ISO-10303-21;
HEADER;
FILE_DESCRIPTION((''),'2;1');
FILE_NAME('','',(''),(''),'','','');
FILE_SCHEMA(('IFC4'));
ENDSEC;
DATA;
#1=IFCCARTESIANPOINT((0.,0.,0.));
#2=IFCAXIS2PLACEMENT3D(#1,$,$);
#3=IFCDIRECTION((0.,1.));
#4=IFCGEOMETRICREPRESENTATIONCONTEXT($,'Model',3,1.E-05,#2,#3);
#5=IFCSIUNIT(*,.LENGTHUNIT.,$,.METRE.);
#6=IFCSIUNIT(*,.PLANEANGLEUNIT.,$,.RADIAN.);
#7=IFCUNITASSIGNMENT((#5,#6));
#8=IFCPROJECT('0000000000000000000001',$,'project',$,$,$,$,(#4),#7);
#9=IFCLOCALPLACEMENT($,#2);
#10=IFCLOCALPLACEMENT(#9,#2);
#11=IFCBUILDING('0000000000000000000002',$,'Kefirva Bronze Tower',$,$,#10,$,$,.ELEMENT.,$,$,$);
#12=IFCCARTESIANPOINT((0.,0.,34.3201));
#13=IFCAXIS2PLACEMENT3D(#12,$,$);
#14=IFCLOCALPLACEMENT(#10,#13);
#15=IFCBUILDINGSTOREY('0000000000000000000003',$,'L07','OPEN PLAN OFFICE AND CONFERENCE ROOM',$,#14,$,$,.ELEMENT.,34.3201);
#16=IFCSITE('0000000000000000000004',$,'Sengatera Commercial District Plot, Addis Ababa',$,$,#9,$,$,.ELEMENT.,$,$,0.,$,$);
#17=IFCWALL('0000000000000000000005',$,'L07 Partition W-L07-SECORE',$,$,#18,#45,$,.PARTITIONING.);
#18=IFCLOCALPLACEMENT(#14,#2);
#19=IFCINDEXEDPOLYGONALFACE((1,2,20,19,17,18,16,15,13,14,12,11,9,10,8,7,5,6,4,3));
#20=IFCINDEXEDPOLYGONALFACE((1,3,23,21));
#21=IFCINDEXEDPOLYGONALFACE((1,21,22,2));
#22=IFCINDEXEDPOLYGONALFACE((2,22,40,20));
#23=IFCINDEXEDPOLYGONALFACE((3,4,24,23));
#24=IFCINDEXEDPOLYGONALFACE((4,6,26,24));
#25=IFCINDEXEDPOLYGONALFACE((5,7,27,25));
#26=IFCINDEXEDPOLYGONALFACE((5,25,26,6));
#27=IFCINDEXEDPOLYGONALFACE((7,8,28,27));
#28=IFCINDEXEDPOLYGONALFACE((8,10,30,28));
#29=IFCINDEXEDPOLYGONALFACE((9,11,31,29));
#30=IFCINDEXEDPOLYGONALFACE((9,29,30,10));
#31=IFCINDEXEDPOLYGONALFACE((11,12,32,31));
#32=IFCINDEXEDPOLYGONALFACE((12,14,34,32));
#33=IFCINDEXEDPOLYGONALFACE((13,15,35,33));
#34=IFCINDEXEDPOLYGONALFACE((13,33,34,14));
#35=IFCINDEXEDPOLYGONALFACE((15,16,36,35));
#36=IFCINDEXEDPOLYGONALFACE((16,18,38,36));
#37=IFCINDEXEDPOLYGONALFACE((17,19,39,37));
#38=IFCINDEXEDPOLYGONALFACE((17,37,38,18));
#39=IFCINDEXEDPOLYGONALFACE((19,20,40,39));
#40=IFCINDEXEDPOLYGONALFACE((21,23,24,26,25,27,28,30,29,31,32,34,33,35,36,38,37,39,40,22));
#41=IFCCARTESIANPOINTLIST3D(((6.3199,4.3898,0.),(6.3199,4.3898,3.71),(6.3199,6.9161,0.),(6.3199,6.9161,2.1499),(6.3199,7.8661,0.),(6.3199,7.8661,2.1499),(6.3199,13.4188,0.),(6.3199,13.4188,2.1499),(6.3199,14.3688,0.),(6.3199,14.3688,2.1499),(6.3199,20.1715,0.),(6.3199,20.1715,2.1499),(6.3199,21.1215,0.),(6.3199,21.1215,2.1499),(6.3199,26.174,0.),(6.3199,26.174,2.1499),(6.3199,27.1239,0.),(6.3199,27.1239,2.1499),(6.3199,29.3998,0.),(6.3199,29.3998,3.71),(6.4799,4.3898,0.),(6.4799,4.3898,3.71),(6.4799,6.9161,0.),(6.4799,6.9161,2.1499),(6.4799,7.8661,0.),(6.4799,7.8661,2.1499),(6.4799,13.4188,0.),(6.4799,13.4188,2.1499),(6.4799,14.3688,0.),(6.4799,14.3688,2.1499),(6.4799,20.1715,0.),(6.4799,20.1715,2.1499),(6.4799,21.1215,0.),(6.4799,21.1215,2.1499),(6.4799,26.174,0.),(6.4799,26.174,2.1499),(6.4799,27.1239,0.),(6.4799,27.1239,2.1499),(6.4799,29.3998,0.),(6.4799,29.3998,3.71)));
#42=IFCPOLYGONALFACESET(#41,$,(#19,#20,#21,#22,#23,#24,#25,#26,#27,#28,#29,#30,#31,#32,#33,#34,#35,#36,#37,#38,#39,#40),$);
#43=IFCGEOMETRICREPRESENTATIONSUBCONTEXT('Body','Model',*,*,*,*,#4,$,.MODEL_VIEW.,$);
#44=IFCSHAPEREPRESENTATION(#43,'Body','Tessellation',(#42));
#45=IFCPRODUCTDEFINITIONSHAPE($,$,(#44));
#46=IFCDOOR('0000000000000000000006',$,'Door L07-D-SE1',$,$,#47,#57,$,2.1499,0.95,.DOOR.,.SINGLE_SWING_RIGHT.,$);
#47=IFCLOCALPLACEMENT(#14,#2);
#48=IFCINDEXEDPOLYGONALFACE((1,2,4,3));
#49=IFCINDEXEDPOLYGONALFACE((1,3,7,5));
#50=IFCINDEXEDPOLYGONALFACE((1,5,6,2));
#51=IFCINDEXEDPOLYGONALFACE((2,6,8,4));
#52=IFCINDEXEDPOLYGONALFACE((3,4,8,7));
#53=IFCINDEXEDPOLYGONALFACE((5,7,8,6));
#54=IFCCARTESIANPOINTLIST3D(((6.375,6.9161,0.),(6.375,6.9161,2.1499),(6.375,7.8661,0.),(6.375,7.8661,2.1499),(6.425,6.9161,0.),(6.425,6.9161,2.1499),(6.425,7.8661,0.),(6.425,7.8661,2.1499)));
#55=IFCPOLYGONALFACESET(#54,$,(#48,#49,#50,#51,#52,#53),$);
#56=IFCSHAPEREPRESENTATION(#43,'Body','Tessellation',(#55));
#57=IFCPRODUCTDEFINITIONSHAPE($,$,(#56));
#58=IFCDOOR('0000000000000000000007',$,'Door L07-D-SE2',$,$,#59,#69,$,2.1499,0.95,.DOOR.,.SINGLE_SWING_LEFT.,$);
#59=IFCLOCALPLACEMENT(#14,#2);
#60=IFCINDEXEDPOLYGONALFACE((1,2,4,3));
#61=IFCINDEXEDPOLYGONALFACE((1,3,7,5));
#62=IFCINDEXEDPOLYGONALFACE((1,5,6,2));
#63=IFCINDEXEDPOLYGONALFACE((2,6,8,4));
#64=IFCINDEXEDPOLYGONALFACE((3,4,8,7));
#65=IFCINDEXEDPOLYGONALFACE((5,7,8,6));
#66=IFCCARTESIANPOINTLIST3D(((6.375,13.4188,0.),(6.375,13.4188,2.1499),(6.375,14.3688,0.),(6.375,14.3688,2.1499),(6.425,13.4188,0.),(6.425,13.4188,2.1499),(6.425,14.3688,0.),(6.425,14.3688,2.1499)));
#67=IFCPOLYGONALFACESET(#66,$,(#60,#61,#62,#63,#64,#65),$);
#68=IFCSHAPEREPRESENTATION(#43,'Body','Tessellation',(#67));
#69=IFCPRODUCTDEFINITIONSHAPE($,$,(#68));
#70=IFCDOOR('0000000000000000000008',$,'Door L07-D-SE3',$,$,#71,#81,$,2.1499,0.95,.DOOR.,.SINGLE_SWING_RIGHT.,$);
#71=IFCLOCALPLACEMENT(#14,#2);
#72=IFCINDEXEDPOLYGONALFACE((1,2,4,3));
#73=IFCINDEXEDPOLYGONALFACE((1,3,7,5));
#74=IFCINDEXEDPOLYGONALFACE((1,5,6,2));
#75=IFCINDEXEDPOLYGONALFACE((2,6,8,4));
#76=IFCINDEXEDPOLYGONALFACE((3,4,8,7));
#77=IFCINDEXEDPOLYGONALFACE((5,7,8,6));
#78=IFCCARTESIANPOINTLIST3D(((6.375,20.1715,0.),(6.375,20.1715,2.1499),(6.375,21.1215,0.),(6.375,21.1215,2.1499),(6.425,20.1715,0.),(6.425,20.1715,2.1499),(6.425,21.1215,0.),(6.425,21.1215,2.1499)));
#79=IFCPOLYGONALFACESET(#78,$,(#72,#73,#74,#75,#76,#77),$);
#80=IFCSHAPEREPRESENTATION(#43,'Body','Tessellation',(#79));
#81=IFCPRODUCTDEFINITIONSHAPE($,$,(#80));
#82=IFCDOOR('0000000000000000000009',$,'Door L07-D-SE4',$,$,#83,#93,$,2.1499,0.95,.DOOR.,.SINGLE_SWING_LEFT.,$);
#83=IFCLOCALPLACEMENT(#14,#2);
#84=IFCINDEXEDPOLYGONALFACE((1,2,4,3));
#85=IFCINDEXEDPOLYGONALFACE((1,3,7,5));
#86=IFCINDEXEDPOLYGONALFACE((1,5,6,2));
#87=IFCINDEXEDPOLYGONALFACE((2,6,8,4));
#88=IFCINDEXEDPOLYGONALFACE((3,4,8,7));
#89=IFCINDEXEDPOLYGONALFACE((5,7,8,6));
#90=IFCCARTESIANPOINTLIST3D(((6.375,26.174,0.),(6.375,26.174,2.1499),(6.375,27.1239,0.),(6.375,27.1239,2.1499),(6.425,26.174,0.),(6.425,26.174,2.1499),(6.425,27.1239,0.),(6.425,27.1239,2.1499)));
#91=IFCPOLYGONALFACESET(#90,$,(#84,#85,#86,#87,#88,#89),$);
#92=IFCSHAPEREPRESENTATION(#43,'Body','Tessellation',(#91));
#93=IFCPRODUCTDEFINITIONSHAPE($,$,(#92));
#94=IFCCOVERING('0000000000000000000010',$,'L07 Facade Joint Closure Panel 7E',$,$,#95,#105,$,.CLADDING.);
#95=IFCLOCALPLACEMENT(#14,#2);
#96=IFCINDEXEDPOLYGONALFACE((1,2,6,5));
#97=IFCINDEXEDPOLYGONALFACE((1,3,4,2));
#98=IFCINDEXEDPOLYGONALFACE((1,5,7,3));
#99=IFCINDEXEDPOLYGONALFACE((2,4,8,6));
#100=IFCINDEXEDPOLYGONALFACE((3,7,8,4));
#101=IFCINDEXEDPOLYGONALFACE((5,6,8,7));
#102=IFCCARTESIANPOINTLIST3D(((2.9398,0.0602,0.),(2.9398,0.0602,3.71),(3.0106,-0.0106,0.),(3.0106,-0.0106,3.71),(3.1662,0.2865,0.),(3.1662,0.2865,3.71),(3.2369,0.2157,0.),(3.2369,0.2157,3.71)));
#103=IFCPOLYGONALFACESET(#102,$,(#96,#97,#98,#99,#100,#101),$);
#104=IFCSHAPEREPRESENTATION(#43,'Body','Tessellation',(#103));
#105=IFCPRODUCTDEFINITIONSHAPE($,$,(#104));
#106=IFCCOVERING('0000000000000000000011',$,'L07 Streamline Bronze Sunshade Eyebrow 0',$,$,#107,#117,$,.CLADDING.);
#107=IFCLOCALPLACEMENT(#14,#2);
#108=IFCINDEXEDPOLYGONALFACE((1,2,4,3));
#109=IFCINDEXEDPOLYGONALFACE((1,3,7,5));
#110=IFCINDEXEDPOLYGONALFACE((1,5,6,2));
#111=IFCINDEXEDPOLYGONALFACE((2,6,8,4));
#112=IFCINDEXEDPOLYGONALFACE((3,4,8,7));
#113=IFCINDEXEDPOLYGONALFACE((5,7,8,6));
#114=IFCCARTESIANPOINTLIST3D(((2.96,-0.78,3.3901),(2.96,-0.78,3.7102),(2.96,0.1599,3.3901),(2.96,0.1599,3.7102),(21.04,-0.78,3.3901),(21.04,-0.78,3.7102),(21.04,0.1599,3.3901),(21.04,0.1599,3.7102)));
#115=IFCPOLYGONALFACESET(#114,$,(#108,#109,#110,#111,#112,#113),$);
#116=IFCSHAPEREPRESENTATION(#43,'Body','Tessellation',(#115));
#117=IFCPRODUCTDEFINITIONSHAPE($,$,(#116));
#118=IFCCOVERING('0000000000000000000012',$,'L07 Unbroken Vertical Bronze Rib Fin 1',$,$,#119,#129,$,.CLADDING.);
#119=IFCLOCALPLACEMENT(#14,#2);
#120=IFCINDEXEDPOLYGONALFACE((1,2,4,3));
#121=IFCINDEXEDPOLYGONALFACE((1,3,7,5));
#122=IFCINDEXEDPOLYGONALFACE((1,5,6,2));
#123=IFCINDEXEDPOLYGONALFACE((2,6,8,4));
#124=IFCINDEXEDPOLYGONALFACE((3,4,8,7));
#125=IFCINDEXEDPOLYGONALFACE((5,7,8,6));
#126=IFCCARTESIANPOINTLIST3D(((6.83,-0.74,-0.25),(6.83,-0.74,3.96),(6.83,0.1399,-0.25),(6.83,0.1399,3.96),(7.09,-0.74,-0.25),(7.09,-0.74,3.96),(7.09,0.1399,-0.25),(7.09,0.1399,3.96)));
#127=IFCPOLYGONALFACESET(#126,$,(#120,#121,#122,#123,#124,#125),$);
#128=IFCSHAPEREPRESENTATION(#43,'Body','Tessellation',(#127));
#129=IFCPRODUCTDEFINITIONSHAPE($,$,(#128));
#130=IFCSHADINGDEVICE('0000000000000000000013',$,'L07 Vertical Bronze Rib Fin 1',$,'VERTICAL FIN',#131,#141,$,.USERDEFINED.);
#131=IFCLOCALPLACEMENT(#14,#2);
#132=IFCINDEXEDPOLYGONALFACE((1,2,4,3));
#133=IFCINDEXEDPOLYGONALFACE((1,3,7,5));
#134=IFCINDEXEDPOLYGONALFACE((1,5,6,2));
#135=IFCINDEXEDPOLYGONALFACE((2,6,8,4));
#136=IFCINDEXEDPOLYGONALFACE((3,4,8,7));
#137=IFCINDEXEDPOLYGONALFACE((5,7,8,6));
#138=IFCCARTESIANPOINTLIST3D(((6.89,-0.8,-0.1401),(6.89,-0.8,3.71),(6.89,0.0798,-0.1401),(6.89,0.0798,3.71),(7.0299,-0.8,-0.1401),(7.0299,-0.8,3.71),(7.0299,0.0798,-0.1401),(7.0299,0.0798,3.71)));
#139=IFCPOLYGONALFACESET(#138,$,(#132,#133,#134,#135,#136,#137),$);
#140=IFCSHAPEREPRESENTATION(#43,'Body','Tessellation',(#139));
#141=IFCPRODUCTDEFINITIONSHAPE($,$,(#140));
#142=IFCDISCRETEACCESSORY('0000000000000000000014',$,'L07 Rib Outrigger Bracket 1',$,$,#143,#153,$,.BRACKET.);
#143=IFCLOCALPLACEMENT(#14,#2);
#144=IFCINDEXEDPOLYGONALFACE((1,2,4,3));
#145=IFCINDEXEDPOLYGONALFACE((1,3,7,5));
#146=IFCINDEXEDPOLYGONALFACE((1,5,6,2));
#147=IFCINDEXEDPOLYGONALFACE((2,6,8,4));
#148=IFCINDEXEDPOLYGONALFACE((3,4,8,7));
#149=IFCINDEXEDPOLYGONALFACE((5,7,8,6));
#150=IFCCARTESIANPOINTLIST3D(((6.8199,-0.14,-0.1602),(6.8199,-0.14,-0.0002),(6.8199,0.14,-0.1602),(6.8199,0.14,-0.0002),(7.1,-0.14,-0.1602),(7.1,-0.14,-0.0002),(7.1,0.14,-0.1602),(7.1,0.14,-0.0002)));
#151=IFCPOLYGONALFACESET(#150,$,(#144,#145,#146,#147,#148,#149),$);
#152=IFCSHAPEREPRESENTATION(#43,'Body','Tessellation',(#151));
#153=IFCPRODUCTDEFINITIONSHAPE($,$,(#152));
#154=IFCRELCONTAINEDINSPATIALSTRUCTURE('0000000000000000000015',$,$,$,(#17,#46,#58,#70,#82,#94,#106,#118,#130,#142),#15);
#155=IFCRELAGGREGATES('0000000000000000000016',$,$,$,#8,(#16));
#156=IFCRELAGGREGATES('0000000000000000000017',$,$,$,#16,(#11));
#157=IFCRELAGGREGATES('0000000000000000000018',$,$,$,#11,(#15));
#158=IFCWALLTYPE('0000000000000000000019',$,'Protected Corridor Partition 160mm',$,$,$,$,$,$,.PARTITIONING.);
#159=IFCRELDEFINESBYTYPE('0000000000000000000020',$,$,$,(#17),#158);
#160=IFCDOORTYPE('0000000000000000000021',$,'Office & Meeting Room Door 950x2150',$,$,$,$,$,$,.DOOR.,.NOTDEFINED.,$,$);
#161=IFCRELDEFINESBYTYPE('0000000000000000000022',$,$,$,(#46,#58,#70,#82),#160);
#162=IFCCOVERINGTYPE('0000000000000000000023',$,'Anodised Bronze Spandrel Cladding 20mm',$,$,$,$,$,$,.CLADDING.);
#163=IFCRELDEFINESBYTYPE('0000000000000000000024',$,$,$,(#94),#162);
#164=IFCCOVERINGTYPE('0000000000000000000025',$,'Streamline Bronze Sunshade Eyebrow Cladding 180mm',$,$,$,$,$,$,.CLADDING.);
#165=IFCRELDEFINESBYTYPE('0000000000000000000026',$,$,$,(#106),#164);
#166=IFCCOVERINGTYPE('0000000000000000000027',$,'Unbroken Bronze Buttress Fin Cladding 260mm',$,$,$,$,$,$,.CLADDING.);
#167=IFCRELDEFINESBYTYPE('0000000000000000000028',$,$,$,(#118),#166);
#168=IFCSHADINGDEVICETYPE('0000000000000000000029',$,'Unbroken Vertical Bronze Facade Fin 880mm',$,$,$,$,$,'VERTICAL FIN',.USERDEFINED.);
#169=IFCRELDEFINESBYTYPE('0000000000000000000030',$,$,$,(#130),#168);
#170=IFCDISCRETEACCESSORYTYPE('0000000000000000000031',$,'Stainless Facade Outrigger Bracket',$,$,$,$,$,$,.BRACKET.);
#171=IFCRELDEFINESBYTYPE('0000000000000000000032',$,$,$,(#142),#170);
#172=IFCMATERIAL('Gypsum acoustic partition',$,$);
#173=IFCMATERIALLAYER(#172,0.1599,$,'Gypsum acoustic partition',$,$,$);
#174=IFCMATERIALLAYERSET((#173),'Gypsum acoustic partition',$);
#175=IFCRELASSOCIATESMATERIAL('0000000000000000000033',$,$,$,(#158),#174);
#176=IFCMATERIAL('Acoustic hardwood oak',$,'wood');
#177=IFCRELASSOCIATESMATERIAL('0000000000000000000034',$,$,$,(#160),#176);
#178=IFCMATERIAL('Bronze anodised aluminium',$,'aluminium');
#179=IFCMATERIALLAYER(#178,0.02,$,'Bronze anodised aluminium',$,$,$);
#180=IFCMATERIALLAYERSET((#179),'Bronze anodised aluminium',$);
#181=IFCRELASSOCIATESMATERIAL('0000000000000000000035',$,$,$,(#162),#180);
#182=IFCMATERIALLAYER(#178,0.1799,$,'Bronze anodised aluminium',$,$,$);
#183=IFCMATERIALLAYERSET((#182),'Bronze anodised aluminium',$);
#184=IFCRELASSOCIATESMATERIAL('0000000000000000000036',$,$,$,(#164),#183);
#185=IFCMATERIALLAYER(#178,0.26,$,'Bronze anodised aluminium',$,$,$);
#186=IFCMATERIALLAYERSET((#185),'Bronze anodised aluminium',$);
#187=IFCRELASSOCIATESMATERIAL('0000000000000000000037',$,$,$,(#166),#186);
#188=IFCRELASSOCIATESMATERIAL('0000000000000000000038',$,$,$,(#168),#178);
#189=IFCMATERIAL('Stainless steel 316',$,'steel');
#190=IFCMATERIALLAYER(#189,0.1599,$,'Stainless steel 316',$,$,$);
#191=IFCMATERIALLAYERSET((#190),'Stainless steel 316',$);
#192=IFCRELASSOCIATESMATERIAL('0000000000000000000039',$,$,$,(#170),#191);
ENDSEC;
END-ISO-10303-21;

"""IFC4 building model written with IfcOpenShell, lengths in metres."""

from ifc_helpers import new_model, si_unit, direction, frame, frame_2d, origin, origin_2d, place, context, subcontext, project, spatial, rectangle, extrude, material, layer, layer_set, material_profile, profile_set, type_object, element, fill, save


model = new_model("IFC4")

# Units and contexts
model_context = context("Model", 3, precision=1e-05, world=origin(), true_north=direction((0.0, 1.0)))
body_context = subcontext(model_context, "Body", "Model", "MODEL_VIEW")
ifc_project = project(units=[si_unit("LENGTHUNIT", "METRE"), si_unit("PLANEANGLEUNIT", "RADIAN")], contexts=[model_context])

# Site, building, storey
site_placement = place(None, origin())
site = spatial("IfcSite", under=ifc_project, at=site_placement, Name="Sengatera Commercial District Plot, Addis Ababa", CompositionType="ELEMENT", RefElevation=0.0)
building_placement = place(site_placement, origin())
building = spatial("IfcBuilding", under=site, at=building_placement, Name="Kefirva Bronze Tower", CompositionType="ELEMENT")
storey_placement = place(building_placement, frame((0.0, 0.0, 34.3201)))
storey = spatial("IfcBuildingStorey", under=building, at=storey_placement, Name="L07", Description="OPEN PLAN OFFICE AND CONFERENCE ROOM", CompositionType="ELEMENT", Elevation=34.3201)

# Shared definitions
ifc_material_1 = material(Name="Bronze anodised aluminium", Category="aluminium")

# Shared definitions
ifc_material_2 = material(Name="Gypsum acoustic partition")

# Wall, openings, doors
ifc_layer_1 = layer(ifc_material_2, 0.1599, Name="Gypsum acoustic partition")
ifc_layer_set_1 = layer_set([ifc_layer_1], Name="Gypsum acoustic partition")
wall_type_1 = type_object("IfcWallType", Name="Protected Corridor Partition 160mm", PredefinedType="PARTITIONING", material=ifc_layer_set_1)
ifc_material_3 = material(Name="Acoustic hardwood oak", Category="wood")
door_type = type_object("IfcDoorType", Name="Office & Meeting Room Door 950x2150", OperationType="NOTDEFINED", PredefinedType="DOOR", material=ifc_material_3)
wall_1_placement = place(storey_placement, frame((6.3999, 4.3899, 0.0), z_axis=(0.0, 0.0, 1.0), x_axis=(0.0, 1.0, 0.0)))
wall_1 = element("IfcWall", 1, at=wall_1_placement, inside=storey, type_object=wall_type_1, Name="L07 Partition W-L07-SECORE", PredefinedType="PARTITIONING", context=body_context, shape_type="SweptSolid", body=[
    extrude(rectangle(XDim=25.01, YDim=0.1599, at=frame_2d((12.5049, 0.0))), origin(), (0.0, 0.0, 1.0), 3.71),
])
opening_1_placement = place(wall_1_placement, frame((2.5261, 0.0, 0.0)))
opening_1 = element("IfcOpeningElement", 2, at=opening_1_placement, cuts=wall_1, PredefinedType="OPENING", context=body_context, shape_type="SweptSolid", body=[
    extrude(rectangle(XDim=0.95, YDim=2.1499, at=frame_2d((0.4751, 1.075))), frame((0.0, 0.0898, 0.0), z_axis=(0.0, -1.0, 0.0), x_axis=(1.0, 0.0, 0.0)), (0.0, 0.0, 1.0), 0.1799),
])
opening_2_placement = place(wall_1_placement, frame((9.0288, 0.0, 0.0)))
opening_2 = element("IfcOpeningElement", 3, at=opening_2_placement, cuts=wall_1, PredefinedType="OPENING", context=body_context, shape_type="SweptSolid", body=[
    extrude(rectangle(XDim=0.95, YDim=2.1499, at=frame_2d((0.4751, 1.075))), frame((0.0, 0.0898, 0.0), z_axis=(0.0, -1.0, 0.0), x_axis=(1.0, 0.0, 0.0)), (0.0, 0.0, 1.0), 0.1799),
])
opening_3_placement = place(wall_1_placement, frame((15.7815, 0.0, 0.0)))
opening_3 = element("IfcOpeningElement", 4, at=opening_3_placement, cuts=wall_1, PredefinedType="OPENING", context=body_context, shape_type="SweptSolid", body=[
    extrude(rectangle(XDim=0.95, YDim=2.1499, at=frame_2d((0.4751, 1.075))), frame((0.0, 0.0898, 0.0), z_axis=(0.0, -1.0, 0.0), x_axis=(1.0, 0.0, 0.0)), (0.0, 0.0, 1.0), 0.1799),
])
opening_4_placement = place(wall_1_placement, frame((21.7839, 0.0, 0.0)))
opening_4 = element("IfcOpeningElement", 5, at=opening_4_placement, cuts=wall_1, PredefinedType="OPENING", context=body_context, shape_type="SweptSolid", body=[
    extrude(rectangle(XDim=0.95, YDim=2.1499, at=frame_2d((0.4751, 1.075))), frame((0.0, 0.0898, 0.0), z_axis=(0.0, -1.0, 0.0), x_axis=(1.0, 0.0, 0.0)), (0.0, 0.0, 1.0), 0.1799),
])
door_1_placement = place(opening_1_placement, origin())
door_1 = element("IfcDoor", 6, at=door_1_placement, inside=storey, type_object=door_type, Name="Door L07-D-SE1", OperationType="SINGLE_SWING_RIGHT", OverallHeight=2.1499, OverallWidth=0.95, PredefinedType="DOOR", context=body_context, shape_type="SweptSolid", body=[
    extrude(rectangle(XDim=0.95, YDim=2.1499, at=frame_2d((0.4751, 1.075))), frame((0.0, 0.0249, 0.0), z_axis=(0.0, -1.0, 0.0), x_axis=(1.0, 0.0, 0.0)), (0.0, 0.0, 1.0), 0.05),
])
fill(opening_1, door_1)
door_2_placement = place(opening_2_placement, origin())
door_2 = element("IfcDoor", 7, at=door_2_placement, inside=storey, type_object=door_type, Name="Door L07-D-SE2", OperationType="SINGLE_SWING_LEFT", OverallHeight=2.1499, OverallWidth=0.95, PredefinedType="DOOR", context=body_context, shape_type="SweptSolid", body=[
    extrude(rectangle(XDim=0.95, YDim=2.1499, at=frame_2d((0.4751, 1.075))), frame((0.0, 0.0249, 0.0), z_axis=(0.0, -1.0, 0.0), x_axis=(1.0, 0.0, 0.0)), (0.0, 0.0, 1.0), 0.05),
])
fill(opening_2, door_2)
door_3_placement = place(opening_3_placement, origin())
door_3 = element("IfcDoor", 8, at=door_3_placement, inside=storey, type_object=door_type, Name="Door L07-D-SE3", OperationType="SINGLE_SWING_RIGHT", OverallHeight=2.1499, OverallWidth=0.95, PredefinedType="DOOR", context=body_context, shape_type="SweptSolid", body=[
    extrude(rectangle(XDim=0.95, YDim=2.1499, at=frame_2d((0.4751, 1.075))), frame((0.0, 0.0249, 0.0), z_axis=(0.0, -1.0, 0.0), x_axis=(1.0, 0.0, 0.0)), (0.0, 0.0, 1.0), 0.05),
])
fill(opening_3, door_3)
door_4_placement = place(opening_4_placement, origin())
door_4 = element("IfcDoor", 9, at=door_4_placement, inside=storey, type_object=door_type, Name="Door L07-D-SE4", OperationType="SINGLE_SWING_LEFT", OverallHeight=2.1499, OverallWidth=0.95, PredefinedType="DOOR", context=body_context, shape_type="SweptSolid", body=[
    extrude(rectangle(XDim=0.95, YDim=2.1499, at=frame_2d((0.4751, 1.075))), frame((0.0, 0.0249, 0.0), z_axis=(0.0, -1.0, 0.0), x_axis=(1.0, 0.0, 0.0)), (0.0, 0.0, 1.0), 0.05),
])
fill(opening_4, door_4)

# Coverings
ifc_layer_2 = layer(ifc_material_1, 0.02, Name="Bronze anodised aluminium")
ifc_layer_set_2 = layer_set([ifc_layer_2], Name="Bronze anodised aluminium")
covering_type_1 = type_object("IfcCoveringType", Name="Anodised Bronze Spandrel Cladding 20mm", PredefinedType="CLADDING", material=ifc_layer_set_2)
covering_1_placement = place(storey_placement, frame((3.0884, 0.1379, 0.0), z_axis=(0.0, 0.0, 1.0), x_axis=(0.707107, -0.707107, 0.0)))
element("IfcCovering", 10, at=covering_1_placement, inside=storey, type_object=covering_type_1, Name="L07 Facade Joint Closure Panel 7E", PredefinedType="CLADDING", context=body_context, shape_type="SweptSolid", body=[
    extrude(rectangle(XDim=0.1001, YDim=0.3201, at=origin_2d()), origin(), (0.0, 0.0, 1.0), 3.71),
])
ifc_layer_3 = layer(ifc_material_1, 0.1799, Name="Bronze anodised aluminium")
ifc_layer_set_3 = layer_set([ifc_layer_3], Name="Bronze anodised aluminium")
covering_type_2 = type_object("IfcCoveringType", Name="Streamline Bronze Sunshade Eyebrow Cladding 180mm", PredefinedType="CLADDING", material=ifc_layer_set_3)
covering_2_placement = place(storey_placement, frame((12.0, -0.3101, 3.3901), z_axis=(0.0, 0.0, 1.0), x_axis=(1.0, 0.0, 0.0)))
element("IfcCovering", 11, at=covering_2_placement, inside=storey, type_object=covering_type_2, Name="L07 Streamline Bronze Sunshade Eyebrow 0", PredefinedType="CLADDING", context=body_context, shape_type="SweptSolid", body=[
    extrude(rectangle(XDim=18.0801, YDim=0.9399, at=origin_2d()), origin(), (0.0, 0.0, 1.0), 0.3201),
])
ifc_layer_4 = layer(ifc_material_1, 0.26, Name="Bronze anodised aluminium")
ifc_layer_set_4 = layer_set([ifc_layer_4], Name="Bronze anodised aluminium")
covering_type_3 = type_object("IfcCoveringType", Name="Unbroken Bronze Buttress Fin Cladding 260mm", PredefinedType="CLADDING", material=ifc_layer_set_4)
covering_3_placement = place(storey_placement, frame((6.96, -0.3, -0.25), z_axis=(0.0, 0.0, 1.0), x_axis=(1.0, 0.0, 0.0)))
element("IfcCovering", 12, at=covering_3_placement, inside=storey, type_object=covering_type_3, Name="L07 Unbroken Vertical Bronze Rib Fin 1", PredefinedType="CLADDING", context=body_context, shape_type="SweptSolid", body=[
    extrude(rectangle(XDim=0.26, YDim=0.8799, at=origin_2d()), origin(), (0.0, 0.0, 1.0), 4.21),
])

# Shading device
ifc_material_profile_1 = material_profile(ifc_material_1, rectangle(XDim=0.1399, YDim=0.8799, at=origin_2d()), Name="BRONZE FIN 140x880")
ifc_profile_set_1 = profile_set([ifc_material_profile_1], Name="Bronze anodised aluminium")
shading_device_type = type_object("IfcShadingDeviceType", Name="Unbroken Vertical Bronze Facade Fin 880mm", ElementType="VERTICAL FIN", PredefinedType="USERDEFINED", material=ifc_profile_set_1)
shading_device_placement = place(storey_placement, frame((6.96, -0.3601, -0.1401), z_axis=(0.0, 0.0, 1.0), x_axis=(1.0, 0.0, 0.0)))
element("IfcShadingDevice", 13, at=shading_device_placement, inside=storey, type_object=shading_device_type, Name="L07 Vertical Bronze Rib Fin 1", ObjectType="VERTICAL FIN", PredefinedType="USERDEFINED", context=body_context, shape_type="SweptSolid", body=[
    extrude(rectangle(XDim=0.1399, YDim=0.8799, at=origin_2d()), origin(), (0.0, 0.0, 1.0), 3.8501),
])

# Discrete accessory
ifc_material_4 = material(Name="Stainless steel 316", Category="steel")
ifc_layer_5 = layer(ifc_material_4, 0.1599, Name="Stainless steel 316")
ifc_layer_set_5 = layer_set([ifc_layer_5], Name="Stainless steel 316")
discrete_accessory_type = type_object("IfcDiscreteAccessoryType", Name="Stainless Facade Outrigger Bracket", PredefinedType="BRACKET", material=ifc_layer_set_5)
discrete_accessory_placement = place(storey_placement, frame((6.96, 0.0, -0.1602), z_axis=(0.0, 0.0, 1.0), x_axis=(1.0, 0.0, 0.0)))
element("IfcDiscreteAccessory", 14, at=discrete_accessory_placement, inside=storey, type_object=discrete_accessory_type, Name="L07 Rib Outrigger Bracket 1", PredefinedType="BRACKET", context=body_context, shape_type="SweptSolid", body=[
    extrude(rectangle(XDim=0.28, YDim=0.28, at=origin_2d()), origin(), (0.0, 0.0, 1.0), 0.1599),
])

save(model, "model.ifc")
